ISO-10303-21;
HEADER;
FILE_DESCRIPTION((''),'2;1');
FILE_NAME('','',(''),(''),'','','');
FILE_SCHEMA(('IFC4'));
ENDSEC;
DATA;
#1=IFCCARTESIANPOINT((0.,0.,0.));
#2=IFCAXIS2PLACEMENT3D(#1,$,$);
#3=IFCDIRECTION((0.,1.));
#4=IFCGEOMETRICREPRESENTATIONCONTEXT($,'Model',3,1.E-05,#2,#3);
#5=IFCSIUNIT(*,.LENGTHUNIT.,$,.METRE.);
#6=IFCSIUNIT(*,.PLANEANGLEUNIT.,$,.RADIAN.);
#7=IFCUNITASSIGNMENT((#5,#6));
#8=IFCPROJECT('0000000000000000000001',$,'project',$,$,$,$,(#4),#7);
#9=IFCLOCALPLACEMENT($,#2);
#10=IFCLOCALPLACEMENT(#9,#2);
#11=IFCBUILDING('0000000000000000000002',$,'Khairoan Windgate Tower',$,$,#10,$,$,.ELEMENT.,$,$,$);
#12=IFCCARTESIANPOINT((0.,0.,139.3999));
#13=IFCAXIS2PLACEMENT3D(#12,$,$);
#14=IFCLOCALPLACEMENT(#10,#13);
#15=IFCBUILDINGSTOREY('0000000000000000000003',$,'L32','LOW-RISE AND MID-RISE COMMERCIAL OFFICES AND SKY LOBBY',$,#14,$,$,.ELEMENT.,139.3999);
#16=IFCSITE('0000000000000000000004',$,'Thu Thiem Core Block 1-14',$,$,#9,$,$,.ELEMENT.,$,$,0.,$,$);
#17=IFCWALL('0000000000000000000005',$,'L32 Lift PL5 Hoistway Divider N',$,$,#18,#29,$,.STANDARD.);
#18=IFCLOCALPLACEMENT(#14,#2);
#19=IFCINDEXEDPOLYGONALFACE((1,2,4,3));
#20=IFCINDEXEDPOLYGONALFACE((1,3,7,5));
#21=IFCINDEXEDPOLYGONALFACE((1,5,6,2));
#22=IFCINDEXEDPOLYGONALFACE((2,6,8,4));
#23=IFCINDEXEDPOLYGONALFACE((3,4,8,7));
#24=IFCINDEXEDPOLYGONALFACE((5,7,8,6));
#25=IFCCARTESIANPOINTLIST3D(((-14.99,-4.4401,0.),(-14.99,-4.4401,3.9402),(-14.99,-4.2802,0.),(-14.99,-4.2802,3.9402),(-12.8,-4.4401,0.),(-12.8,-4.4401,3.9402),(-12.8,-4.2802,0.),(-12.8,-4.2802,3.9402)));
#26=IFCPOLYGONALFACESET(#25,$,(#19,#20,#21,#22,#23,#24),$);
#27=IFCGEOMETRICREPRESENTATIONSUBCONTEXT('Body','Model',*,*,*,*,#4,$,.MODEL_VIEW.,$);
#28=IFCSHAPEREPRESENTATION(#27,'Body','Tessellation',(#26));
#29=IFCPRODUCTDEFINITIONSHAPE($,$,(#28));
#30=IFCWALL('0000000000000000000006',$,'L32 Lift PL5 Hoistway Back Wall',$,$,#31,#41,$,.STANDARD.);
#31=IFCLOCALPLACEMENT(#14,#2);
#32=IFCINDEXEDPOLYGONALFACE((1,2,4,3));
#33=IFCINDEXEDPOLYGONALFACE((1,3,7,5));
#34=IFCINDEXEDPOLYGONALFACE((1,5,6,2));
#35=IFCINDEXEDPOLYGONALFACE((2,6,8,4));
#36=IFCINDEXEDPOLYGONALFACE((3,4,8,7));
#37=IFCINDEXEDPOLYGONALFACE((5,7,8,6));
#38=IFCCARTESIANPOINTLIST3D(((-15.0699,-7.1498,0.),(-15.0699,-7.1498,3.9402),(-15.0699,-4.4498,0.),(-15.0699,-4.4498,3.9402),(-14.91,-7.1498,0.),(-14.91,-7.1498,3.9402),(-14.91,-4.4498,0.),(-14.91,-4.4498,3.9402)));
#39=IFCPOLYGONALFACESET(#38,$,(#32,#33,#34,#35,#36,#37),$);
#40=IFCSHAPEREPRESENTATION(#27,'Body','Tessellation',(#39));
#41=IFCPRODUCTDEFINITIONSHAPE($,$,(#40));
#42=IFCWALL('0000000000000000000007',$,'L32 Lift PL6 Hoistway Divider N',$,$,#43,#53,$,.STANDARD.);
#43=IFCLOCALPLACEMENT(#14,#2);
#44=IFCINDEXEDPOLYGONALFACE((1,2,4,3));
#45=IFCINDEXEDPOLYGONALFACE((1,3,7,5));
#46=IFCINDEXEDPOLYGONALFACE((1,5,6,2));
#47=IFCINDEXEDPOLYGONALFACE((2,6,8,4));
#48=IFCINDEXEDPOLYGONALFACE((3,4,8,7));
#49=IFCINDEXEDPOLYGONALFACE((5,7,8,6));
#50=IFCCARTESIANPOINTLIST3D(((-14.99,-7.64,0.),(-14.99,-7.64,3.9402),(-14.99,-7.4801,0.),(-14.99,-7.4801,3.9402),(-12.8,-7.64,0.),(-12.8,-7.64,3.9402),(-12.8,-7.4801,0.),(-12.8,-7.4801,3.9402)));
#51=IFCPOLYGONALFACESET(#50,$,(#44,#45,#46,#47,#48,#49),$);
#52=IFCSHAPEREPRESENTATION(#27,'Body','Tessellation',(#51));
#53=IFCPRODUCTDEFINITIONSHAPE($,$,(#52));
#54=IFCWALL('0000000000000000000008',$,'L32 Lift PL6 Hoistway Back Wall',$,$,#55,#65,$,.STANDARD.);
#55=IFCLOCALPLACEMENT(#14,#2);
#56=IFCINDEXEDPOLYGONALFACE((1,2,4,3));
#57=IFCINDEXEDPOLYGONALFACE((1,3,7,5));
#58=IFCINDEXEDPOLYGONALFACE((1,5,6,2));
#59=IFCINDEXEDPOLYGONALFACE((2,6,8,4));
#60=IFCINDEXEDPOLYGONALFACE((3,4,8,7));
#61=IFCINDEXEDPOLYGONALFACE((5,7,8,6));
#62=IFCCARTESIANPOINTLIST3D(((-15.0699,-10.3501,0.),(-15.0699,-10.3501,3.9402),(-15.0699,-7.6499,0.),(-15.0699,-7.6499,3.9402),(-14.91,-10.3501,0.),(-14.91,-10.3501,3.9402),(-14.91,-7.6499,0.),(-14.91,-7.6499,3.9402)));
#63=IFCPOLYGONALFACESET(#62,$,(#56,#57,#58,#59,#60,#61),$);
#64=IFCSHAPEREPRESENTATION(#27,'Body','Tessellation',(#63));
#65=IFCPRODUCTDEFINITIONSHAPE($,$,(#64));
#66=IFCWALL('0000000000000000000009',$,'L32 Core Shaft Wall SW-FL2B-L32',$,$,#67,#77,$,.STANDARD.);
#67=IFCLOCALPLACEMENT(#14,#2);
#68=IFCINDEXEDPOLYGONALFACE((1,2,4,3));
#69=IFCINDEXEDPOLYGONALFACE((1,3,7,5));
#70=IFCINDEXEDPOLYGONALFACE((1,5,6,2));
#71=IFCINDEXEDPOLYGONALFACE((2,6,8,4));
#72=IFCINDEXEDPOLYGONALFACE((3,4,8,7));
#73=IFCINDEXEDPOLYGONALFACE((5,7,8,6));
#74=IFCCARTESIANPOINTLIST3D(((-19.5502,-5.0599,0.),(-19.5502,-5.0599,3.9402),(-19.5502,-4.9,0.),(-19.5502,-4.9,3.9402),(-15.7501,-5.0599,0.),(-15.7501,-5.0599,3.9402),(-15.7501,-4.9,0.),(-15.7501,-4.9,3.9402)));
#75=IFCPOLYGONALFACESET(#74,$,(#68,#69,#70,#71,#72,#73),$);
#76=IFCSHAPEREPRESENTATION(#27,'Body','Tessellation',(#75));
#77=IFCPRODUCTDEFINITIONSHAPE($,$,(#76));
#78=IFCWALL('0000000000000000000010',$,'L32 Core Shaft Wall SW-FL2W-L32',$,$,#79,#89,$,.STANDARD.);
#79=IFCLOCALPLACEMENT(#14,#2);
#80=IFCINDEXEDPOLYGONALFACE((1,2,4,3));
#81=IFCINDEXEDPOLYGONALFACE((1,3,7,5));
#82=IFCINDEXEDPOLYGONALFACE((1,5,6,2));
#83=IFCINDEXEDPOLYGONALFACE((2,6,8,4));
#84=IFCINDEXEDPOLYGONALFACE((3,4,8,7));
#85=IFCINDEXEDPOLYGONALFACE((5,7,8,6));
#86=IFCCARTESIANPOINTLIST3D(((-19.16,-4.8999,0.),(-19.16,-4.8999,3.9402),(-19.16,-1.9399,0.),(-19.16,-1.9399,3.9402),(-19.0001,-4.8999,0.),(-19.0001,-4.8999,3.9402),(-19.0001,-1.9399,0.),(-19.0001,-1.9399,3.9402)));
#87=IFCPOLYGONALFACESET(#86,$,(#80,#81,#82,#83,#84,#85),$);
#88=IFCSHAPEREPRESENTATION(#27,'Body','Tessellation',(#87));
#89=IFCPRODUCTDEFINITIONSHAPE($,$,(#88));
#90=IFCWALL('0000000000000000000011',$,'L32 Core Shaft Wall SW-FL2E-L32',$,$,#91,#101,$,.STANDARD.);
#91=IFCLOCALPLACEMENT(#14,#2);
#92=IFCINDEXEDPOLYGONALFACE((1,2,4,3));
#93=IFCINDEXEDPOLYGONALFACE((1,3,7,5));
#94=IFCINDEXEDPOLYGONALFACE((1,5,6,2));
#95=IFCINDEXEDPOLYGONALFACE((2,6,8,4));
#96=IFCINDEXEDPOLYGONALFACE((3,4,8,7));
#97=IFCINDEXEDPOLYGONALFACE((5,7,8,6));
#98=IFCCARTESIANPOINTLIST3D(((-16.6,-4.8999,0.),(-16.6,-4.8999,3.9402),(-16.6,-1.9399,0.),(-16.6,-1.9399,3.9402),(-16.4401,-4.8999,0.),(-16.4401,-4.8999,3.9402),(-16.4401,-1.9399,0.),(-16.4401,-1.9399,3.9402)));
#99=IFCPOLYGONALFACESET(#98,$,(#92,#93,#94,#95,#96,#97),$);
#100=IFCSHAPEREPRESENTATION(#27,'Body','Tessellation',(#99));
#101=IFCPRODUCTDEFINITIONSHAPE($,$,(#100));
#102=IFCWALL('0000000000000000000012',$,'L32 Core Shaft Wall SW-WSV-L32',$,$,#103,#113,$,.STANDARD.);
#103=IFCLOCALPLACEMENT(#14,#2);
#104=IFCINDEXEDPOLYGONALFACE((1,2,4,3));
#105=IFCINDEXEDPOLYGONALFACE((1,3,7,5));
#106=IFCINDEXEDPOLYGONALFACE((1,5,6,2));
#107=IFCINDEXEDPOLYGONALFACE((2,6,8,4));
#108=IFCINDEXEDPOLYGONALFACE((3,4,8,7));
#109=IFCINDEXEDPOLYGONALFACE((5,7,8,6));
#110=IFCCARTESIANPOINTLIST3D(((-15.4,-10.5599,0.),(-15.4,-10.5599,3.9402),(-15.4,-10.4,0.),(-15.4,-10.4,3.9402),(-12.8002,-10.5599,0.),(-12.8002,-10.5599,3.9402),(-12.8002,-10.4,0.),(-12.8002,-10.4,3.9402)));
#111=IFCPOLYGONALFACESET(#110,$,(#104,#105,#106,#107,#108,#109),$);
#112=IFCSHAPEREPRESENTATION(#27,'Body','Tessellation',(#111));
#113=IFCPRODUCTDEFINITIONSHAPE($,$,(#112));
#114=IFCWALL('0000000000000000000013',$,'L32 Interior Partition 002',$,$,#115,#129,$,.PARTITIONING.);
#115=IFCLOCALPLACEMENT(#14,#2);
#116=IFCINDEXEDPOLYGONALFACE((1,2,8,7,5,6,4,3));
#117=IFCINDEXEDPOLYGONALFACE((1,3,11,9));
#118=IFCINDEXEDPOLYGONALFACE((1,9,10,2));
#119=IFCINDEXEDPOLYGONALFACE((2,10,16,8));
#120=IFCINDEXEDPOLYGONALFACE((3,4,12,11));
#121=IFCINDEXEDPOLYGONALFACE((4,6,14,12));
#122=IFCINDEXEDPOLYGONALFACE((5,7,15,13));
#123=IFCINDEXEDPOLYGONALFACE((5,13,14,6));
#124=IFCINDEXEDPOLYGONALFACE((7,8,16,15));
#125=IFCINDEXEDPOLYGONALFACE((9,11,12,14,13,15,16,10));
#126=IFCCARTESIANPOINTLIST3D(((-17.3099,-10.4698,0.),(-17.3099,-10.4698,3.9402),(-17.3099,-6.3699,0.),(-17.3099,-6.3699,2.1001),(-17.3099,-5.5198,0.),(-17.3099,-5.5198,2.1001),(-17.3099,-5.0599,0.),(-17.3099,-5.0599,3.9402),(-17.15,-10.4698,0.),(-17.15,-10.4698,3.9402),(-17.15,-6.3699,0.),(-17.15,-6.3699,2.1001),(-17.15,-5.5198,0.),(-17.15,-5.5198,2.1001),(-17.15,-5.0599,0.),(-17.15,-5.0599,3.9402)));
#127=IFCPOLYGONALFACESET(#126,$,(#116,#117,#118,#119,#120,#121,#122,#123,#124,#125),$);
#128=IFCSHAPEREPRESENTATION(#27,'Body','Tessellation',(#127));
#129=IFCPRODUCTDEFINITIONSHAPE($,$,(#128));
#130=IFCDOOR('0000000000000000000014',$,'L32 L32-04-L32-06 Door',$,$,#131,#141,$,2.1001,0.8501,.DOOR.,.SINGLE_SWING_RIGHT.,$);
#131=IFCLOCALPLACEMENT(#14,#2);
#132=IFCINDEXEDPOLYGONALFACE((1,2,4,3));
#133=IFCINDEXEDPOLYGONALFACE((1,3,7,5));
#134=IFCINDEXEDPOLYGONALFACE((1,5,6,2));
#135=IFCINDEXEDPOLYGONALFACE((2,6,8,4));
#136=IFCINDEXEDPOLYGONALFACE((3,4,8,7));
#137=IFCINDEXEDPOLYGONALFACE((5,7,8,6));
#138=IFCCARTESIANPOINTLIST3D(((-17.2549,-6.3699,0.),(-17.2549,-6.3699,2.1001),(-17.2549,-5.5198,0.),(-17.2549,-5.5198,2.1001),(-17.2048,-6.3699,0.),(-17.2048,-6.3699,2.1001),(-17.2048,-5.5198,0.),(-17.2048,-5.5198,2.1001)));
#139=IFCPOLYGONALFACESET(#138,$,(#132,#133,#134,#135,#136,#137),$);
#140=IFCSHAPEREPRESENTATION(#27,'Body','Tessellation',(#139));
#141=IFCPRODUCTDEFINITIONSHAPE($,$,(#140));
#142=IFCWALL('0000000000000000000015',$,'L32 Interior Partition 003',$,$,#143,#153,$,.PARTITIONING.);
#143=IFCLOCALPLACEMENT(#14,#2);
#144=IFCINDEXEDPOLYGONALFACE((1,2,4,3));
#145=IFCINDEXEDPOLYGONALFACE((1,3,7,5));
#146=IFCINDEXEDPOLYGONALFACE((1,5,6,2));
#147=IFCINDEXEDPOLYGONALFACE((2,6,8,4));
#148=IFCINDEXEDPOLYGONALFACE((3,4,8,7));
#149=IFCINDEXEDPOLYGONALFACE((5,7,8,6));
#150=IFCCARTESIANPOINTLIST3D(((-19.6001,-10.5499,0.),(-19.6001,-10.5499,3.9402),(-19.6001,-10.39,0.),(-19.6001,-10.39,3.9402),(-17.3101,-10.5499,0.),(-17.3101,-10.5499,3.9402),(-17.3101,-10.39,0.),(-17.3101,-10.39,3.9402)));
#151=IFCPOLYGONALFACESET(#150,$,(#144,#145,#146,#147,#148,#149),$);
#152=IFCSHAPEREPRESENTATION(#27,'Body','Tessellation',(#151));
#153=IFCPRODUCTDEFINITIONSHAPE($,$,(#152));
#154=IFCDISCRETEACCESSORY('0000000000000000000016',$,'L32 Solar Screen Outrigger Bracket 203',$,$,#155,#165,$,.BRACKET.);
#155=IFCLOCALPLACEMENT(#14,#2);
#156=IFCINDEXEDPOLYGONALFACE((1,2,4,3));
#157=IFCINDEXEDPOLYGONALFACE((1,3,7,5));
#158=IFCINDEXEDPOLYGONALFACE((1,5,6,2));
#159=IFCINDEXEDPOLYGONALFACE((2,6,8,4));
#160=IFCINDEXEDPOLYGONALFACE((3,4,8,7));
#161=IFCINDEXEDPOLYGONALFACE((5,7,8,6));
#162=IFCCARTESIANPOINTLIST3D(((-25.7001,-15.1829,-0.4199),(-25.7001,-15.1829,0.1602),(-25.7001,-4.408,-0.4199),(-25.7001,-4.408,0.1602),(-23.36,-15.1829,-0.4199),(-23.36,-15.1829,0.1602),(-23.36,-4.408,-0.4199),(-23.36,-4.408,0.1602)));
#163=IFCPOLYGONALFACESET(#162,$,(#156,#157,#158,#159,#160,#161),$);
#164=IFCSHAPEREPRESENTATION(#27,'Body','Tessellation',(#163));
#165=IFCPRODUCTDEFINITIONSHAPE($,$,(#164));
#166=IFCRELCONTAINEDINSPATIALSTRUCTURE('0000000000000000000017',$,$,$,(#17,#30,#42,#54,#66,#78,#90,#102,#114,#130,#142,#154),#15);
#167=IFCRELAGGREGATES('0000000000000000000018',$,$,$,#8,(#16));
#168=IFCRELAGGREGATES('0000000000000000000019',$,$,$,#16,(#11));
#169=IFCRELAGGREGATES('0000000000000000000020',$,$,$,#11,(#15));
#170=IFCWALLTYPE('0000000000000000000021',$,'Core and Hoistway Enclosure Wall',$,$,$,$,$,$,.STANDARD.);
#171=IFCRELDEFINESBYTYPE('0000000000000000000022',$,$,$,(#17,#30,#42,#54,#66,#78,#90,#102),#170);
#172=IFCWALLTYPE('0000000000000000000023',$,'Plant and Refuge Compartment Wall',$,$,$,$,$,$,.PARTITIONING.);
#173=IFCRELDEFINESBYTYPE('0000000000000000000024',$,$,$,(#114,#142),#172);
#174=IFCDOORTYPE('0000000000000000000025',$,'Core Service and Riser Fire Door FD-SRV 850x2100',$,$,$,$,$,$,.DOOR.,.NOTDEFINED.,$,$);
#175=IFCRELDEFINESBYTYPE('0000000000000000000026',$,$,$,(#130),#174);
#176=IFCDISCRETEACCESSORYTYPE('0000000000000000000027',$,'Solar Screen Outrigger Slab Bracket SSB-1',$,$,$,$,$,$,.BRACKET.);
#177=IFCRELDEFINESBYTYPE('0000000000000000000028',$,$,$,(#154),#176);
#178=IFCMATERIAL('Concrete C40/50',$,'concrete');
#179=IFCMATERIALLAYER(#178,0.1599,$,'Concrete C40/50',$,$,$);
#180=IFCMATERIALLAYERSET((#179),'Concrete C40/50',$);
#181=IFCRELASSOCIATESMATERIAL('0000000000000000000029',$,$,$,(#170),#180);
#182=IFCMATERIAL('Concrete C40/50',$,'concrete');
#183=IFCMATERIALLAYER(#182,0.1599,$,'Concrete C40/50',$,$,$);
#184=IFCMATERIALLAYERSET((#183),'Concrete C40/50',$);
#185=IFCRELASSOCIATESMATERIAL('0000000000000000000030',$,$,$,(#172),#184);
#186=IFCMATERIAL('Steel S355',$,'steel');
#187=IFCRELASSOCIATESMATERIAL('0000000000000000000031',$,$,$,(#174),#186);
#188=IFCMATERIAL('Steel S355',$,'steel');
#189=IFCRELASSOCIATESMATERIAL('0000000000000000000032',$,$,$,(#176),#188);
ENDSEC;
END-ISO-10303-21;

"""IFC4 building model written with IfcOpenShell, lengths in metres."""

from ifc_helpers import new_model, si_unit, direction, frame, frame_2d, origin, origin_2d, place, context, subcontext, project, spatial, rectangle, extrude, material, layer, layer_set, type_object, element, fill, save


model = new_model("IFC4")

# Units and contexts
model_context = context("Model", 3, precision=1e-05, world=origin(), true_north=direction((0.0, 1.0)))
body_context = subcontext(model_context, "Body", "Model", "MODEL_VIEW")
ifc_project = project(units=[si_unit("LENGTHUNIT", "METRE"), si_unit("PLANEANGLEUNIT", "RADIAN")], contexts=[model_context])

# Site, building, storey
site_placement = place(None, origin())
site = spatial("IfcSite", under=ifc_project, at=site_placement, Name="Thu Thiem Core Block 1-14", CompositionType="ELEMENT", RefElevation=0.0)
building_placement = place(site_placement, origin())
building = spatial("IfcBuilding", under=site, at=building_placement, Name="Khairoan Windgate Tower", CompositionType="ELEMENT")
storey_placement = place(building_placement, frame((0.0, 0.0, 139.3999)))
storey = spatial("IfcBuildingStorey", under=building, at=storey_placement, Name="L32", Description="LOW-RISE AND MID-RISE COMMERCIAL OFFICES AND SKY LOBBY", CompositionType="ELEMENT", Elevation=139.3999)

# Walls
ifc_material_1 = material(Name="Concrete C40/50", Category="concrete")
ifc_layer_1 = layer(ifc_material_1, 0.1599, Name="Concrete C40/50")
ifc_layer_set_1 = layer_set([ifc_layer_1], Name="Concrete C40/50")
wall_type_1 = type_object("IfcWallType", Name="Core and Hoistway Enclosure Wall", PredefinedType="STANDARD", material=ifc_layer_set_1)
for number, where, z_axis, x_axis, name in (
    (1, (-14.99, -4.3601, 0.0), (0.0, 0.0, 1.0), (1.0, 0.0, 0.0), "L32 Lift PL5 Hoistway Divider N"),
):
    element("IfcWall", number, at=place(storey_placement, frame(where, z_axis=z_axis, x_axis=x_axis)), inside=storey, type_object=wall_type_1, Name=name, PredefinedType="STANDARD", context=body_context, shape_type="SweptSolid", body=[
        extrude(rectangle(XDim=2.1899, YDim=0.1599, at=frame_2d((1.095, 0.0))), origin(), (0.0, 0.0, 1.0), 3.9402),
    ])
wall_1_placement = place(storey_placement, frame((-14.99, -7.1499, 0.0), z_axis=(0.0, 0.0, 1.0), x_axis=(0.0, 1.0, 0.0)))
element("IfcWall", 2, at=wall_1_placement, inside=storey, type_object=wall_type_1, Name="L32 Lift PL5 Hoistway Back Wall", PredefinedType="STANDARD", context=body_context, shape_type="SweptSolid", body=[
    extrude(rectangle(XDim=2.7, YDim=0.1599, at=frame_2d((1.3501, 0.0))), origin(), (0.0, 0.0, 1.0), 3.9402),
])
wall_2_placement = place(storey_placement, frame((-14.99, -7.5601, 0.0), z_axis=(0.0, 0.0, 1.0), x_axis=(1.0, 0.0, 0.0)))
element("IfcWall", 3, at=wall_2_placement, inside=storey, type_object=wall_type_1, Name="L32 Lift PL6 Hoistway Divider N", PredefinedType="STANDARD", context=body_context, shape_type="SweptSolid", body=[
    extrude(rectangle(XDim=2.1899, YDim=0.1599, at=frame_2d((1.095, 0.0))), origin(), (0.0, 0.0, 1.0), 3.9402),
])
wall_3_placement = place(storey_placement, frame((-14.99, -10.3501, 0.0), z_axis=(0.0, 0.0, 1.0), x_axis=(0.0, 1.0, 0.0)))
element("IfcWall", 4, at=wall_3_placement, inside=storey, type_object=wall_type_1, Name="L32 Lift PL6 Hoistway Back Wall", PredefinedType="STANDARD", context=body_context, shape_type="SweptSolid", body=[
    extrude(rectangle(XDim=2.7002, YDim=0.1599, at=frame_2d((1.3501, 0.0))), origin(), (0.0, 0.0, 1.0), 3.9402),
])
wall_4_placement = place(storey_placement, frame((-19.55, -4.98, 0.0), z_axis=(0.0, 0.0, 1.0), x_axis=(1.0, 0.0, 0.0)))
element("IfcWall", 5, at=wall_4_placement, inside=storey, type_object=wall_type_1, Name="L32 Core Shaft Wall SW-FL2B-L32", PredefinedType="STANDARD", context=body_context, shape_type="SweptSolid", body=[
    extrude(rectangle(XDim=3.8, YDim=0.1599, at=frame_2d((1.8999, 0.0))), origin(), (0.0, 0.0, 1.0), 3.9402),
])
for number, where, z_axis, x_axis, name in (
    (6, (-19.0801, -4.8999, 0.0), (0.0, 0.0, 1.0), (0.0, 1.0, 0.0), "L32 Core Shaft Wall SW-FL2W-L32"),
    (7, (-16.52, -4.8999, 0.0), (0.0, 0.0, 1.0), (0.0, 1.0, 0.0), "L32 Core Shaft Wall SW-FL2E-L32"),
):
    element("IfcWall", number, at=place(storey_placement, frame(where, z_axis=z_axis, x_axis=x_axis)), inside=storey, type_object=wall_type_1, Name=name, PredefinedType="STANDARD", context=body_context, shape_type="SweptSolid", body=[
        extrude(rectangle(XDim=2.96, YDim=0.1599, at=frame_2d((1.48, 0.0))), origin(), (0.0, 0.0, 1.0), 3.9402),
    ])
wall_5_placement = place(storey_placement, frame((-15.3999, -10.48, 0.0), z_axis=(0.0, 0.0, 1.0), x_axis=(1.0, 0.0, 0.0)))
element("IfcWall", 8, at=wall_5_placement, inside=storey, type_object=wall_type_1, Name="L32 Core Shaft Wall SW-WSV-L32", PredefinedType="STANDARD", context=body_context, shape_type="SweptSolid", body=[
    extrude(rectangle(XDim=2.5999, YDim=0.1599, at=frame_2d((1.2998, 0.0))), origin(), (0.0, 0.0, 1.0), 3.9402),
])

# Wall, opening, door
ifc_material_2 = material(Name="Concrete C40/50", Category="concrete")
ifc_layer_2 = layer(ifc_material_2, 0.1599, Name="Concrete C40/50")
ifc_layer_set_2 = layer_set([ifc_layer_2], Name="Concrete C40/50")
wall_type_2 = type_object("IfcWallType", Name="Plant and Refuge Compartment Wall", PredefinedType="PARTITIONING", material=ifc_layer_set_2)
wall_6_placement = place(storey_placement, frame((-17.23, -10.47, 0.0), z_axis=(0.0, 0.0, 1.0), x_axis=(0.0, 1.0, 0.0)))
wall_6 = element("IfcWall", 9, at=wall_6_placement, inside=storey, type_object=wall_type_2, Name="L32 Interior Partition 002", PredefinedType="PARTITIONING", context=body_context, shape_type="SweptSolid", body=[
    extrude(rectangle(XDim=5.4099, YDim=0.1599, at=frame_2d((2.7051, 0.0))), origin(), (0.0, 0.0, 1.0), 3.9402),
])
opening_placement = place(wall_6_placement, frame((4.1001, 0.0, 0.0)))
opening = element("IfcOpeningElement", 10, at=opening_placement, cuts=wall_6, PredefinedType="OPENING", context=body_context, shape_type="SweptSolid", body=[
    extrude(rectangle(XDim=0.8501, YDim=2.1001, at=frame_2d((0.425, 1.05))), frame((0.0, 0.0898, 0.0), z_axis=(0.0, -1.0, 0.0), x_axis=(1.0, 0.0, 0.0)), (0.0, 0.0, 1.0), 0.1799),
])
ifc_material_3 = material(Name="Steel S355", Category="steel")
door_type = type_object("IfcDoorType", Name="Core Service and Riser Fire Door FD-SRV 850x2100", OperationType="NOTDEFINED", PredefinedType="DOOR", material=ifc_material_3)
door_placement = place(opening_placement, origin())
door = element("IfcDoor", 11, at=door_placement, inside=storey, type_object=door_type, Name="L32 L32-04-L32-06 Door", OperationType="SINGLE_SWING_RIGHT", OverallHeight=2.1001, OverallWidth=0.8501, PredefinedType="DOOR", context=body_context, shape_type="SweptSolid", body=[
    extrude(rectangle(XDim=0.8501, YDim=2.1001, at=frame_2d((0.425, 1.05))), frame((0.0, 0.0249, 0.0), z_axis=(0.0, -1.0, 0.0), x_axis=(1.0, 0.0, 0.0)), (0.0, 0.0, 1.0), 0.05),
])
fill(opening, door)

# Wall
wall_7_placement = place(storey_placement, frame((-19.6001, -10.47, 0.0), z_axis=(0.0, 0.0, 1.0), x_axis=(1.0, 0.0, 0.0)))
element("IfcWall", 12, at=wall_7_placement, inside=storey, type_object=wall_type_2, Name="L32 Interior Partition 003", PredefinedType="PARTITIONING", context=body_context, shape_type="SweptSolid", body=[
    extrude(rectangle(XDim=2.29, YDim=0.1599, at=frame_2d((1.145, 0.0))), origin(), (0.0, 0.0, 1.0), 3.9402),
])

# Discrete accessory
ifc_material_4 = material(Name="Steel S355", Category="steel")
discrete_accessory_type = type_object("IfcDiscreteAccessoryType", Name="Solar Screen Outrigger Slab Bracket SSB-1", PredefinedType="BRACKET", material=ifc_material_4)
discrete_accessory_placement = place(storey_placement, frame((-24.53, -9.7954, -0.4199), z_axis=(0.0, 0.0, 1.0), x_axis=(0.0, 1.0, 0.0)))
element("IfcDiscreteAccessory", 13, at=discrete_accessory_placement, inside=storey, type_object=discrete_accessory_type, Name="L32 Solar Screen Outrigger Bracket 203", PredefinedType="BRACKET", context=body_context, shape_type="SweptSolid", body=[
    extrude(rectangle(XDim=10.7749, YDim=2.3401, at=origin_2d()), origin(), (0.0, 0.0, 1.0), 0.5801),
])

save(model, "model.ifc")
